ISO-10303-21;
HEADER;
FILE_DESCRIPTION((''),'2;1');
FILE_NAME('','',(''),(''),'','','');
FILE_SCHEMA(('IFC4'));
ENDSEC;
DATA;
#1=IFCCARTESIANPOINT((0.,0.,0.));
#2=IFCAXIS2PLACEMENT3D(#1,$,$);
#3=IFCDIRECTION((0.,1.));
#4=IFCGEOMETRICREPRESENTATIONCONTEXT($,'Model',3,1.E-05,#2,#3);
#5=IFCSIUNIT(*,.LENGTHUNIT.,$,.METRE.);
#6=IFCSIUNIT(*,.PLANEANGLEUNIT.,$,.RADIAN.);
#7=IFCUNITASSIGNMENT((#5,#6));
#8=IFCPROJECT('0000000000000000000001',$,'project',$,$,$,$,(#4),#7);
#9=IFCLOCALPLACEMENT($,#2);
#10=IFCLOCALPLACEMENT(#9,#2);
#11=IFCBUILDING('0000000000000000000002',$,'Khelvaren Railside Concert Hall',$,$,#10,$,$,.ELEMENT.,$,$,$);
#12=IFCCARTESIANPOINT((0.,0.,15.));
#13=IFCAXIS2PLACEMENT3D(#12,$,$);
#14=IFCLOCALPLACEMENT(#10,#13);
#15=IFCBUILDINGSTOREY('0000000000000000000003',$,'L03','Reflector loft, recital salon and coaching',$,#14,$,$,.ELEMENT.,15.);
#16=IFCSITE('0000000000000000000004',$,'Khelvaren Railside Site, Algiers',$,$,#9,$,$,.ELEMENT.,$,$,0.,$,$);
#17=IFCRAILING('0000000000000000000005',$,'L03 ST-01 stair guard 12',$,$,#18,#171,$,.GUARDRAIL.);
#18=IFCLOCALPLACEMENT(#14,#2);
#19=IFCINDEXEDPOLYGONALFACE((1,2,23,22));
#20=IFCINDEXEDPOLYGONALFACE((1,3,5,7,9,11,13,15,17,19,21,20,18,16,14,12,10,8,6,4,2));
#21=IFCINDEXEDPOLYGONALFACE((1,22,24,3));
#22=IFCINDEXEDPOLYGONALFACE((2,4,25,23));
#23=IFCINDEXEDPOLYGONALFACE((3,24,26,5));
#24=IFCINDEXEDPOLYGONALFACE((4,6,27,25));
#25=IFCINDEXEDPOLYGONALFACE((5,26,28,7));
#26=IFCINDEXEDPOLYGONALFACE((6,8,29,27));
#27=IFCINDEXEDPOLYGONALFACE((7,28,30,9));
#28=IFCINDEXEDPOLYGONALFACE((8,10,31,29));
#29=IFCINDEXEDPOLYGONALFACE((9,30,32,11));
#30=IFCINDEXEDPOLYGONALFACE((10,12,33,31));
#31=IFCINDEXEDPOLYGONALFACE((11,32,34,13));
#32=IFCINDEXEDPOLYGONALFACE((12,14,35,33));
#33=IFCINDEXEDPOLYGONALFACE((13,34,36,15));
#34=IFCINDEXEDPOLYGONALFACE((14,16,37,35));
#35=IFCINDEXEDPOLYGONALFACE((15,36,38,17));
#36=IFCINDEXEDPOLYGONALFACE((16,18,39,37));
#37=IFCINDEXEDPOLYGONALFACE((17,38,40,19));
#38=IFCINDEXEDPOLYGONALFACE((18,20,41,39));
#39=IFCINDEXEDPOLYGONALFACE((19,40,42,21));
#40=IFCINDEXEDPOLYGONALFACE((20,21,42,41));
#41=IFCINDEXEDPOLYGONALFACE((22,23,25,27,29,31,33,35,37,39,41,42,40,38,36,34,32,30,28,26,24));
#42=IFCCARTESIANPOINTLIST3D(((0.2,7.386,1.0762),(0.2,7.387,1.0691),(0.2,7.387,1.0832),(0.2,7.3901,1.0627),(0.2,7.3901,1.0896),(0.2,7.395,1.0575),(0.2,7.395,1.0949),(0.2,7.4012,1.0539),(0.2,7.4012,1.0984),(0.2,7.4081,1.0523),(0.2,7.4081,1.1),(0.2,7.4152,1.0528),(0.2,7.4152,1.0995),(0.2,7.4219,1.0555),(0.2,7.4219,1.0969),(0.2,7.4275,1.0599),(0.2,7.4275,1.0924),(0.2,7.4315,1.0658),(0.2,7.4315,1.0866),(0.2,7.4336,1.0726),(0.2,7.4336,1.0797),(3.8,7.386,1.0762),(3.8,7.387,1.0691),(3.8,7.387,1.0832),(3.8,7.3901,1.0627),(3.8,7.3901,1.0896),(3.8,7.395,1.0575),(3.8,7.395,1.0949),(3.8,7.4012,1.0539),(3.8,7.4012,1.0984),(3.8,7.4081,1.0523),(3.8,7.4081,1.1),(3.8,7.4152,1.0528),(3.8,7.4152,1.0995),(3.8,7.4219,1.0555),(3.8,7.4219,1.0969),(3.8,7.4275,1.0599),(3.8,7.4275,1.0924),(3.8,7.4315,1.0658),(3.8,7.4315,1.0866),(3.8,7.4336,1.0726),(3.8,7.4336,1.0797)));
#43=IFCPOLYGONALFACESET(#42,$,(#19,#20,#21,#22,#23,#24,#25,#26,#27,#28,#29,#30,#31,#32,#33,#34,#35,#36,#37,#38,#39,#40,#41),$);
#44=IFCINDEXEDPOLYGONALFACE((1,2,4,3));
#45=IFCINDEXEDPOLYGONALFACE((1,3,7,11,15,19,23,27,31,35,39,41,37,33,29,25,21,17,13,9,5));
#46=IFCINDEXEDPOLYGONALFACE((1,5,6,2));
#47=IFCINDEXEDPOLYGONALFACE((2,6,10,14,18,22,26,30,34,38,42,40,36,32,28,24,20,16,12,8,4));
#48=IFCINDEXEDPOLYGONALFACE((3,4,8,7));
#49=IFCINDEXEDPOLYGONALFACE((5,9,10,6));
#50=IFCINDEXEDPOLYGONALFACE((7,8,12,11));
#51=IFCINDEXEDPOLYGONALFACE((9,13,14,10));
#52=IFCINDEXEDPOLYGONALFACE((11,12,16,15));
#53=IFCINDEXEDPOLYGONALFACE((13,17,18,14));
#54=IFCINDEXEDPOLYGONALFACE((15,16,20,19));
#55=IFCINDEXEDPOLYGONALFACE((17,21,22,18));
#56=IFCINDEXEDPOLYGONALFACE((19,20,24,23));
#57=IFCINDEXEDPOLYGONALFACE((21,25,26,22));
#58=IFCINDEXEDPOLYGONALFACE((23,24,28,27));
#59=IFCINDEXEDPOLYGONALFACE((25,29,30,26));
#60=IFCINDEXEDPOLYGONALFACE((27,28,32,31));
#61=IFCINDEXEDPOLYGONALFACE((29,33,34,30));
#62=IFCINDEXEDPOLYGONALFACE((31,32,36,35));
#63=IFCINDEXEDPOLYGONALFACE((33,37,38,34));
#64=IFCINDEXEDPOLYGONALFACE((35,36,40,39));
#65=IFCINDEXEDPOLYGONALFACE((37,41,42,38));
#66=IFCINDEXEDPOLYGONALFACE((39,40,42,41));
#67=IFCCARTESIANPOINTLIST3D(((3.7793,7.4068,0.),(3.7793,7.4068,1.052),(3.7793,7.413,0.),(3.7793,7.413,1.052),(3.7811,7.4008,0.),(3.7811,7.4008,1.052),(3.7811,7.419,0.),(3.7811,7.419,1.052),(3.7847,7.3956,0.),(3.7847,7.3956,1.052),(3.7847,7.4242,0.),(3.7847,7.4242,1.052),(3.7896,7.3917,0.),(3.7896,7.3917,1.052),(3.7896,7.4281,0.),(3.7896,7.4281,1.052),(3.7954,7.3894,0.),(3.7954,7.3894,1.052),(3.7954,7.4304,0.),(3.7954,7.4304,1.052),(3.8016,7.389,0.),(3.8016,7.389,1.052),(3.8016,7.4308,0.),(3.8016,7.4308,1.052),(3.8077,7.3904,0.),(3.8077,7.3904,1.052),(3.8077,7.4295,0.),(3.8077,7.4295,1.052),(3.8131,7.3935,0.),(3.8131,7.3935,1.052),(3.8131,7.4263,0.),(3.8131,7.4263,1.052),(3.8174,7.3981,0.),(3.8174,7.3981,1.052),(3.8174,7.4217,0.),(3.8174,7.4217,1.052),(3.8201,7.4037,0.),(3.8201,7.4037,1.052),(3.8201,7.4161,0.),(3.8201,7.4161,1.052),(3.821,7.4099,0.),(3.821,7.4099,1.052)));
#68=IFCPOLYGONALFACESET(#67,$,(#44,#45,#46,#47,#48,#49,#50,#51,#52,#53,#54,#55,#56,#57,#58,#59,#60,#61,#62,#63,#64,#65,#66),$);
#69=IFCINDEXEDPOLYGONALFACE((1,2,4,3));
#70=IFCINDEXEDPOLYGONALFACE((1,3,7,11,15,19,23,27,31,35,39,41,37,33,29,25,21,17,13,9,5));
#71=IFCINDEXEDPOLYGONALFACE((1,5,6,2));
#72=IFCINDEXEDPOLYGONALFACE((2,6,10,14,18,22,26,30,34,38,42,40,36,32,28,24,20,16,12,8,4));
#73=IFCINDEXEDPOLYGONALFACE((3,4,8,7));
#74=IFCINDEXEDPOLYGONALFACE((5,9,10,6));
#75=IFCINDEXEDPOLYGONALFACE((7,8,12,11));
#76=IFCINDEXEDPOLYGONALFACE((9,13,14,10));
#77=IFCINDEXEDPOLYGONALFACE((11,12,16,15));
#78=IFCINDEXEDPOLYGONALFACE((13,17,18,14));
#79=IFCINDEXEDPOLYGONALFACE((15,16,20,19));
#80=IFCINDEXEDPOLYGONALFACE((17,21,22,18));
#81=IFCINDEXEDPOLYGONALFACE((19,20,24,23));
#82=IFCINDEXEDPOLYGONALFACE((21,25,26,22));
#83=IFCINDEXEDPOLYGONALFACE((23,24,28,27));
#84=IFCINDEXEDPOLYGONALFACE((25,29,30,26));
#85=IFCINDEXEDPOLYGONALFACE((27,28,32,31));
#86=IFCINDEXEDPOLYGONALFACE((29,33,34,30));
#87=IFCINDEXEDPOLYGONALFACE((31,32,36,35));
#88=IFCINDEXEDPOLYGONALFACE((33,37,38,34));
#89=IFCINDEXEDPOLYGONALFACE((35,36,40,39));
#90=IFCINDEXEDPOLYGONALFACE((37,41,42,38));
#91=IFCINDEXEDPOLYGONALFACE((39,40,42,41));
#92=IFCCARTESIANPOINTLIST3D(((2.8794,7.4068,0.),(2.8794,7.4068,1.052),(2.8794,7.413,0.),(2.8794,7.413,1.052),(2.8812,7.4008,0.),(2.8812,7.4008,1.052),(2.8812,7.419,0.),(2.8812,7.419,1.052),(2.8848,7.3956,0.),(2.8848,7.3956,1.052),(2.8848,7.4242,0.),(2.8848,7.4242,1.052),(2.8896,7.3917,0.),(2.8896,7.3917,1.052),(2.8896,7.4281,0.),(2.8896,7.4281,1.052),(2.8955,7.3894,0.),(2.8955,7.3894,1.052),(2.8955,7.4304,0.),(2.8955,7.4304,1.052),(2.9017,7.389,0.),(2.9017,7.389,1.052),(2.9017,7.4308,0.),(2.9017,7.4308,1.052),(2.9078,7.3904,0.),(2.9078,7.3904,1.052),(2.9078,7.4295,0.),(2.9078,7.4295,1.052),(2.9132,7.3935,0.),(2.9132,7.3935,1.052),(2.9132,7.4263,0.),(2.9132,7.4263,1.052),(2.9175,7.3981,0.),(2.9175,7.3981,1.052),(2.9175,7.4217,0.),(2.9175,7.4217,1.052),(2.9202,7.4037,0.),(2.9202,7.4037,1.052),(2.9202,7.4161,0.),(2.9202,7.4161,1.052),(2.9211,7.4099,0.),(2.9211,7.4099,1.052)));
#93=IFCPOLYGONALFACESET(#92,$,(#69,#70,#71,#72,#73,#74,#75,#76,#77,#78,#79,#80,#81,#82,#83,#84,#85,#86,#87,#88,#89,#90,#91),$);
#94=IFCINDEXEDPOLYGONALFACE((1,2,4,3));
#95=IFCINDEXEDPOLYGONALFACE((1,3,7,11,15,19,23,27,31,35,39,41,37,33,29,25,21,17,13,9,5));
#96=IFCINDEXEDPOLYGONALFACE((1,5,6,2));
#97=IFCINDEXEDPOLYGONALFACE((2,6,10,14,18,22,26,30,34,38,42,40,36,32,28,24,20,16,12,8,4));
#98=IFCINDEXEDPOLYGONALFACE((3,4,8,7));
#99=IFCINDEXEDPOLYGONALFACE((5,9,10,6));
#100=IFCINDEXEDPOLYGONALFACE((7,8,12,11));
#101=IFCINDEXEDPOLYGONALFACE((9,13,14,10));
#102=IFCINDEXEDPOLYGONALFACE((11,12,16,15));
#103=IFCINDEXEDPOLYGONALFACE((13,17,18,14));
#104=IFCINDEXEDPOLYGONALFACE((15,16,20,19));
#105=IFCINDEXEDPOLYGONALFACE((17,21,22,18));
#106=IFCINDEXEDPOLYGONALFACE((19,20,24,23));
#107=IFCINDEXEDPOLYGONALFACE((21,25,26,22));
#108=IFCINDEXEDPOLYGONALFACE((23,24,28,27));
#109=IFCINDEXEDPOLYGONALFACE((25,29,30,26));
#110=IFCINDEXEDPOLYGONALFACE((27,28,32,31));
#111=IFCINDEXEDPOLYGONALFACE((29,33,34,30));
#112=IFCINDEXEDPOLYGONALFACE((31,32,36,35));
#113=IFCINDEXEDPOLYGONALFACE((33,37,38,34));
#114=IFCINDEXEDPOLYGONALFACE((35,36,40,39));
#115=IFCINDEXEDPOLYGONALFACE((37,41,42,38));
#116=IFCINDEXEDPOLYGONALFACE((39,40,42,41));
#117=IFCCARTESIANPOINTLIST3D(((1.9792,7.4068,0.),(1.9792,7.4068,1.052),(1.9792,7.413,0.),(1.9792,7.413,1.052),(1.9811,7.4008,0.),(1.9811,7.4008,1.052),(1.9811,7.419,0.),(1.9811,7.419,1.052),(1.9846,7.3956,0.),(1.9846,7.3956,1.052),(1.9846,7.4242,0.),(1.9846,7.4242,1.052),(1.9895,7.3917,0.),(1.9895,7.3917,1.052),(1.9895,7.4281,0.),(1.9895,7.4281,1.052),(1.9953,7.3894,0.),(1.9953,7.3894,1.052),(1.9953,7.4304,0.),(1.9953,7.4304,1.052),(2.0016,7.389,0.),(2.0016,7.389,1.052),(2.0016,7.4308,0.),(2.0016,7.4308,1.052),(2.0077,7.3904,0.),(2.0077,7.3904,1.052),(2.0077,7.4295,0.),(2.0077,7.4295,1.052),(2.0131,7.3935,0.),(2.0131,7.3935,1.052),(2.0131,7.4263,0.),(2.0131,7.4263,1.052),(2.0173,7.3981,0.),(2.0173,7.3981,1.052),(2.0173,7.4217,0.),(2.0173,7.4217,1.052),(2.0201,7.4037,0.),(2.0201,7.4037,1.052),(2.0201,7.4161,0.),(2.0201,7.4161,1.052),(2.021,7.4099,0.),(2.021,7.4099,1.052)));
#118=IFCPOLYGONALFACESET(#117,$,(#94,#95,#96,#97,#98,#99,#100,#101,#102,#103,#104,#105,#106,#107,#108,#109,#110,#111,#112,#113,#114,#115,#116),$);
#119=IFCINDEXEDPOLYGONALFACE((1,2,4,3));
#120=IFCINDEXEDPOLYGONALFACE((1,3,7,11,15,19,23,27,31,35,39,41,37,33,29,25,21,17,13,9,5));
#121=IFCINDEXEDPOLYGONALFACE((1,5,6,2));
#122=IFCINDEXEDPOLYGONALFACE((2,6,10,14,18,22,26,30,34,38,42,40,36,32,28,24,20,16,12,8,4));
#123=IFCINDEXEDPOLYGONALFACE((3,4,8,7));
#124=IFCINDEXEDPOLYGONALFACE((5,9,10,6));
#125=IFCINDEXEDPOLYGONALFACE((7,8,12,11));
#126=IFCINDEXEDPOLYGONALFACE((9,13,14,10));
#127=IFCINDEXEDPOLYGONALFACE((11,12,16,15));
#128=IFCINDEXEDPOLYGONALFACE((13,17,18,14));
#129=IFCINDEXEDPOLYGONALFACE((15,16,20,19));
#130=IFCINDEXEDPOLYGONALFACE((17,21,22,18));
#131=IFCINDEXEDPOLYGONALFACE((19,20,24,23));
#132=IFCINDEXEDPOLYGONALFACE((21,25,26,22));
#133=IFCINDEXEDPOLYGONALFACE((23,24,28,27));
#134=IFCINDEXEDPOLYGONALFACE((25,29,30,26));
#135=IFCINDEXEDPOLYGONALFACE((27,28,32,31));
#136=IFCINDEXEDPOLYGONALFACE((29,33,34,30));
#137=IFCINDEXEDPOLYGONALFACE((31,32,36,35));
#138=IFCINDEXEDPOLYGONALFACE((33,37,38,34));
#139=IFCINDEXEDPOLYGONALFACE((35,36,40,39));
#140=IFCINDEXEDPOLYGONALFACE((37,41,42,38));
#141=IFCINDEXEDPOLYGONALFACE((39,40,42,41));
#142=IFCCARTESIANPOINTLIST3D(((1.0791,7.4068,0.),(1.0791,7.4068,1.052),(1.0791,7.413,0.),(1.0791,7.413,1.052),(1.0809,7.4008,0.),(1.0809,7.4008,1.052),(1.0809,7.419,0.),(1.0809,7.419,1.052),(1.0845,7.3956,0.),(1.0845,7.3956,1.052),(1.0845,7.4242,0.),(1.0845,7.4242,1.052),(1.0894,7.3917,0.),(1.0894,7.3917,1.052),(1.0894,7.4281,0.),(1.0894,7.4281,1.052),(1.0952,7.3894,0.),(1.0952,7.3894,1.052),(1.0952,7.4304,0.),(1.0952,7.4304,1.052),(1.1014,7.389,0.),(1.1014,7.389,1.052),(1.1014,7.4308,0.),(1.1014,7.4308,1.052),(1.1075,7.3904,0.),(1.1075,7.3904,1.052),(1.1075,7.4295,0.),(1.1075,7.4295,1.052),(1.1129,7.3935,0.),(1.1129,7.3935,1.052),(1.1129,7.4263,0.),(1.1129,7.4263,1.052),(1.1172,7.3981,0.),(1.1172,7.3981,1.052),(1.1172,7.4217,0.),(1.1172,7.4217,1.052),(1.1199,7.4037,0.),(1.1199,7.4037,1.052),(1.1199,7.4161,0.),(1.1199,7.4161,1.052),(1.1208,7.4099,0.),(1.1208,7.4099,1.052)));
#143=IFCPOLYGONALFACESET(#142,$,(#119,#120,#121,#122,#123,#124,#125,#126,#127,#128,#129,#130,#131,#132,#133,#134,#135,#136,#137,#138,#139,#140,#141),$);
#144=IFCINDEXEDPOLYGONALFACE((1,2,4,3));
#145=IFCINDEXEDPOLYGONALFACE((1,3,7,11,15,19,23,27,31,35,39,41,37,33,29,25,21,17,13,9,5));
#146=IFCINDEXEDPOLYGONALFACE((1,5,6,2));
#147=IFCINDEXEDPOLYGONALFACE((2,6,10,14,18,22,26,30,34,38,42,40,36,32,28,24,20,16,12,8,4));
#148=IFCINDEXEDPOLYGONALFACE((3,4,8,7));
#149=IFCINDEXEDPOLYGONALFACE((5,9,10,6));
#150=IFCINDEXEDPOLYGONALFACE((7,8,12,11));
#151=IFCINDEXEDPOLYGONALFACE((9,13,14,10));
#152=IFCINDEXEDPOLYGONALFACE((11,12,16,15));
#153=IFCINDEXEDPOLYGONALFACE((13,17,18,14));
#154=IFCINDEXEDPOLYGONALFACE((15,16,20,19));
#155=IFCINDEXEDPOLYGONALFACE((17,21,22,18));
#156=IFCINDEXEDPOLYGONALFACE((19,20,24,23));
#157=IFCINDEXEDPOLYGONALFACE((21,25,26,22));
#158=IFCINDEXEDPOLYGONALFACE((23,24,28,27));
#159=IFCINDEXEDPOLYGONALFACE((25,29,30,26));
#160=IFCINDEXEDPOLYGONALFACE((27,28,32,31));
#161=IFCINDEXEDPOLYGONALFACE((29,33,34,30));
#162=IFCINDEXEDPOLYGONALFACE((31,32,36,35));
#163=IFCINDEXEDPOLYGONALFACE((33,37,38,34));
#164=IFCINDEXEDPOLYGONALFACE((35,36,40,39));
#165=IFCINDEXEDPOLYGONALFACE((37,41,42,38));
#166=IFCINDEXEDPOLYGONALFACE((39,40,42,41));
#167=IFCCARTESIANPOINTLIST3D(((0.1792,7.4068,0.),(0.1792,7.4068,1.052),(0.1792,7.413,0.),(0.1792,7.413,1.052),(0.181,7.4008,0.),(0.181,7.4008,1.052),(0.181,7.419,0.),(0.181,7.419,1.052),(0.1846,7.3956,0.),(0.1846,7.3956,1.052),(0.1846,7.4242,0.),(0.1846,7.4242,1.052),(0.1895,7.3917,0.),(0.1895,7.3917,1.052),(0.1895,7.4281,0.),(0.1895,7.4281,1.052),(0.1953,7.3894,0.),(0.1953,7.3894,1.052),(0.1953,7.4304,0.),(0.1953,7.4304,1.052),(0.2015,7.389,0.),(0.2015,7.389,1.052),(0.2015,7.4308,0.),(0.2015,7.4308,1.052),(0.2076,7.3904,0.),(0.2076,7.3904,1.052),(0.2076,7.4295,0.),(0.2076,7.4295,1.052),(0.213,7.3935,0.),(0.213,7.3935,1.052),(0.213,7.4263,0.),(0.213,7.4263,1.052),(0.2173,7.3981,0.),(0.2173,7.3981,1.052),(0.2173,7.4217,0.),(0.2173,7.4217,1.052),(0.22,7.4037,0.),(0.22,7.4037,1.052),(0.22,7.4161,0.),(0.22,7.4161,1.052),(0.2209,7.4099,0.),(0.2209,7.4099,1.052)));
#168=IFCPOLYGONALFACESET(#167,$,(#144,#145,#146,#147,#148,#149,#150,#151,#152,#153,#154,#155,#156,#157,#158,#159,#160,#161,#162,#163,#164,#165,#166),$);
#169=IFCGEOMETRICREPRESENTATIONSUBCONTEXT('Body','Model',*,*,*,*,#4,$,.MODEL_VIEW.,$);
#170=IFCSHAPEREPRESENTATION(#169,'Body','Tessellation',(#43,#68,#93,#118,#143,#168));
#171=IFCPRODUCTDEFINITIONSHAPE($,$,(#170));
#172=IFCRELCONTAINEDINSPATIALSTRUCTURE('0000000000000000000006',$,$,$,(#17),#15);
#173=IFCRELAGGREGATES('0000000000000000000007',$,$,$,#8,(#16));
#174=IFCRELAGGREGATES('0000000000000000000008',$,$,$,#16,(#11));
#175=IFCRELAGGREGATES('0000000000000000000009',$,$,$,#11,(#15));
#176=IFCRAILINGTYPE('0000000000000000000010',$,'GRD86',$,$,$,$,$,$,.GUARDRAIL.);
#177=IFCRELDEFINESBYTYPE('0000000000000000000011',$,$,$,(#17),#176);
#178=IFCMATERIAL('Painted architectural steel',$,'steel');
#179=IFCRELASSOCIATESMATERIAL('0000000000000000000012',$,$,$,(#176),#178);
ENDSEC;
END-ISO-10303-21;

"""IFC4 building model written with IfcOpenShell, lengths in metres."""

from ifc_helpers import new_model, si_unit, direction, frame, origin, origin_2d, place, context, subcontext, project, spatial, circle, extrude, material, type_object, element, save


model = new_model("IFC4")

# Units and contexts
model_context = context("Model", 3, precision=1e-05, world=origin(), true_north=direction((0.0, 1.0)))
body_context = subcontext(model_context, "Body", "Model", "MODEL_VIEW")
ifc_project = project(units=[si_unit("LENGTHUNIT", "METRE"), si_unit("PLANEANGLEUNIT", "RADIAN")], contexts=[model_context])

# Site, building, storey
site_placement = place(None, origin())
site = spatial("IfcSite", under=ifc_project, at=site_placement, Name="Khelvaren Railside Site, Algiers", CompositionType="ELEMENT", RefElevation=0.0)
building_placement = place(site_placement, origin())
building = spatial("IfcBuilding", under=site, at=building_placement, Name="Khelvaren Railside Concert Hall", CompositionType="ELEMENT")
storey_placement = place(building_placement, frame((0.0, 0.0, 15.0)))
storey = spatial("IfcBuildingStorey", under=building, at=storey_placement, Name="L03", Description="Reflector loft, recital salon and coaching", CompositionType="ELEMENT", Elevation=15.0)

# Railing
ifc_material_1 = material(Name="Painted architectural steel", Category="steel")
railing_type_1 = type_object("IfcRailingType", Name="GRD86", PredefinedType="GUARDRAIL", material=ifc_material_1)
railing_1_placement = place(storey_placement, frame((3.8, 7.4099, 0.0)))
element("IfcRailing", 1, at=railing_1_placement, inside=storey, type_object=railing_type_1, Name="L03 ST-01 stair guard 12", PredefinedType="GUARDRAIL", context=body_context, shape_type="SweptSolid", body=[
    extrude(circle(Radius=0.0239, at=origin_2d()), frame((0.0, 0.0, 1.0762), z_axis=(-1.0, 0.0, 0.0), x_axis=(0.0, -1.0, 0.0)), (0.0, 0.0, 1.0), 3.6001),
    extrude(circle(Radius=0.021, at=origin_2d()), origin(), (0.0, 0.0, 1.0), 1.052),
    extrude(circle(Radius=0.021, at=origin_2d()), frame((-0.8999, 0.0, 0.0)), (0.0, 0.0, 1.0), 1.052),
    extrude(circle(Radius=0.021, at=origin_2d()), frame((-1.8, 0.0, 0.0)), (0.0, 0.0, 1.0), 1.052),
    extrude(circle(Radius=0.021, at=origin_2d()), frame((-2.7002, 0.0, 0.0)), (0.0, 0.0, 1.0), 1.052),
    extrude(circle(Radius=0.021, at=origin_2d()), frame((-3.6001, 0.0, 0.0)), (0.0, 0.0, 1.0), 1.052),
])

save(model, "model.ifc")
